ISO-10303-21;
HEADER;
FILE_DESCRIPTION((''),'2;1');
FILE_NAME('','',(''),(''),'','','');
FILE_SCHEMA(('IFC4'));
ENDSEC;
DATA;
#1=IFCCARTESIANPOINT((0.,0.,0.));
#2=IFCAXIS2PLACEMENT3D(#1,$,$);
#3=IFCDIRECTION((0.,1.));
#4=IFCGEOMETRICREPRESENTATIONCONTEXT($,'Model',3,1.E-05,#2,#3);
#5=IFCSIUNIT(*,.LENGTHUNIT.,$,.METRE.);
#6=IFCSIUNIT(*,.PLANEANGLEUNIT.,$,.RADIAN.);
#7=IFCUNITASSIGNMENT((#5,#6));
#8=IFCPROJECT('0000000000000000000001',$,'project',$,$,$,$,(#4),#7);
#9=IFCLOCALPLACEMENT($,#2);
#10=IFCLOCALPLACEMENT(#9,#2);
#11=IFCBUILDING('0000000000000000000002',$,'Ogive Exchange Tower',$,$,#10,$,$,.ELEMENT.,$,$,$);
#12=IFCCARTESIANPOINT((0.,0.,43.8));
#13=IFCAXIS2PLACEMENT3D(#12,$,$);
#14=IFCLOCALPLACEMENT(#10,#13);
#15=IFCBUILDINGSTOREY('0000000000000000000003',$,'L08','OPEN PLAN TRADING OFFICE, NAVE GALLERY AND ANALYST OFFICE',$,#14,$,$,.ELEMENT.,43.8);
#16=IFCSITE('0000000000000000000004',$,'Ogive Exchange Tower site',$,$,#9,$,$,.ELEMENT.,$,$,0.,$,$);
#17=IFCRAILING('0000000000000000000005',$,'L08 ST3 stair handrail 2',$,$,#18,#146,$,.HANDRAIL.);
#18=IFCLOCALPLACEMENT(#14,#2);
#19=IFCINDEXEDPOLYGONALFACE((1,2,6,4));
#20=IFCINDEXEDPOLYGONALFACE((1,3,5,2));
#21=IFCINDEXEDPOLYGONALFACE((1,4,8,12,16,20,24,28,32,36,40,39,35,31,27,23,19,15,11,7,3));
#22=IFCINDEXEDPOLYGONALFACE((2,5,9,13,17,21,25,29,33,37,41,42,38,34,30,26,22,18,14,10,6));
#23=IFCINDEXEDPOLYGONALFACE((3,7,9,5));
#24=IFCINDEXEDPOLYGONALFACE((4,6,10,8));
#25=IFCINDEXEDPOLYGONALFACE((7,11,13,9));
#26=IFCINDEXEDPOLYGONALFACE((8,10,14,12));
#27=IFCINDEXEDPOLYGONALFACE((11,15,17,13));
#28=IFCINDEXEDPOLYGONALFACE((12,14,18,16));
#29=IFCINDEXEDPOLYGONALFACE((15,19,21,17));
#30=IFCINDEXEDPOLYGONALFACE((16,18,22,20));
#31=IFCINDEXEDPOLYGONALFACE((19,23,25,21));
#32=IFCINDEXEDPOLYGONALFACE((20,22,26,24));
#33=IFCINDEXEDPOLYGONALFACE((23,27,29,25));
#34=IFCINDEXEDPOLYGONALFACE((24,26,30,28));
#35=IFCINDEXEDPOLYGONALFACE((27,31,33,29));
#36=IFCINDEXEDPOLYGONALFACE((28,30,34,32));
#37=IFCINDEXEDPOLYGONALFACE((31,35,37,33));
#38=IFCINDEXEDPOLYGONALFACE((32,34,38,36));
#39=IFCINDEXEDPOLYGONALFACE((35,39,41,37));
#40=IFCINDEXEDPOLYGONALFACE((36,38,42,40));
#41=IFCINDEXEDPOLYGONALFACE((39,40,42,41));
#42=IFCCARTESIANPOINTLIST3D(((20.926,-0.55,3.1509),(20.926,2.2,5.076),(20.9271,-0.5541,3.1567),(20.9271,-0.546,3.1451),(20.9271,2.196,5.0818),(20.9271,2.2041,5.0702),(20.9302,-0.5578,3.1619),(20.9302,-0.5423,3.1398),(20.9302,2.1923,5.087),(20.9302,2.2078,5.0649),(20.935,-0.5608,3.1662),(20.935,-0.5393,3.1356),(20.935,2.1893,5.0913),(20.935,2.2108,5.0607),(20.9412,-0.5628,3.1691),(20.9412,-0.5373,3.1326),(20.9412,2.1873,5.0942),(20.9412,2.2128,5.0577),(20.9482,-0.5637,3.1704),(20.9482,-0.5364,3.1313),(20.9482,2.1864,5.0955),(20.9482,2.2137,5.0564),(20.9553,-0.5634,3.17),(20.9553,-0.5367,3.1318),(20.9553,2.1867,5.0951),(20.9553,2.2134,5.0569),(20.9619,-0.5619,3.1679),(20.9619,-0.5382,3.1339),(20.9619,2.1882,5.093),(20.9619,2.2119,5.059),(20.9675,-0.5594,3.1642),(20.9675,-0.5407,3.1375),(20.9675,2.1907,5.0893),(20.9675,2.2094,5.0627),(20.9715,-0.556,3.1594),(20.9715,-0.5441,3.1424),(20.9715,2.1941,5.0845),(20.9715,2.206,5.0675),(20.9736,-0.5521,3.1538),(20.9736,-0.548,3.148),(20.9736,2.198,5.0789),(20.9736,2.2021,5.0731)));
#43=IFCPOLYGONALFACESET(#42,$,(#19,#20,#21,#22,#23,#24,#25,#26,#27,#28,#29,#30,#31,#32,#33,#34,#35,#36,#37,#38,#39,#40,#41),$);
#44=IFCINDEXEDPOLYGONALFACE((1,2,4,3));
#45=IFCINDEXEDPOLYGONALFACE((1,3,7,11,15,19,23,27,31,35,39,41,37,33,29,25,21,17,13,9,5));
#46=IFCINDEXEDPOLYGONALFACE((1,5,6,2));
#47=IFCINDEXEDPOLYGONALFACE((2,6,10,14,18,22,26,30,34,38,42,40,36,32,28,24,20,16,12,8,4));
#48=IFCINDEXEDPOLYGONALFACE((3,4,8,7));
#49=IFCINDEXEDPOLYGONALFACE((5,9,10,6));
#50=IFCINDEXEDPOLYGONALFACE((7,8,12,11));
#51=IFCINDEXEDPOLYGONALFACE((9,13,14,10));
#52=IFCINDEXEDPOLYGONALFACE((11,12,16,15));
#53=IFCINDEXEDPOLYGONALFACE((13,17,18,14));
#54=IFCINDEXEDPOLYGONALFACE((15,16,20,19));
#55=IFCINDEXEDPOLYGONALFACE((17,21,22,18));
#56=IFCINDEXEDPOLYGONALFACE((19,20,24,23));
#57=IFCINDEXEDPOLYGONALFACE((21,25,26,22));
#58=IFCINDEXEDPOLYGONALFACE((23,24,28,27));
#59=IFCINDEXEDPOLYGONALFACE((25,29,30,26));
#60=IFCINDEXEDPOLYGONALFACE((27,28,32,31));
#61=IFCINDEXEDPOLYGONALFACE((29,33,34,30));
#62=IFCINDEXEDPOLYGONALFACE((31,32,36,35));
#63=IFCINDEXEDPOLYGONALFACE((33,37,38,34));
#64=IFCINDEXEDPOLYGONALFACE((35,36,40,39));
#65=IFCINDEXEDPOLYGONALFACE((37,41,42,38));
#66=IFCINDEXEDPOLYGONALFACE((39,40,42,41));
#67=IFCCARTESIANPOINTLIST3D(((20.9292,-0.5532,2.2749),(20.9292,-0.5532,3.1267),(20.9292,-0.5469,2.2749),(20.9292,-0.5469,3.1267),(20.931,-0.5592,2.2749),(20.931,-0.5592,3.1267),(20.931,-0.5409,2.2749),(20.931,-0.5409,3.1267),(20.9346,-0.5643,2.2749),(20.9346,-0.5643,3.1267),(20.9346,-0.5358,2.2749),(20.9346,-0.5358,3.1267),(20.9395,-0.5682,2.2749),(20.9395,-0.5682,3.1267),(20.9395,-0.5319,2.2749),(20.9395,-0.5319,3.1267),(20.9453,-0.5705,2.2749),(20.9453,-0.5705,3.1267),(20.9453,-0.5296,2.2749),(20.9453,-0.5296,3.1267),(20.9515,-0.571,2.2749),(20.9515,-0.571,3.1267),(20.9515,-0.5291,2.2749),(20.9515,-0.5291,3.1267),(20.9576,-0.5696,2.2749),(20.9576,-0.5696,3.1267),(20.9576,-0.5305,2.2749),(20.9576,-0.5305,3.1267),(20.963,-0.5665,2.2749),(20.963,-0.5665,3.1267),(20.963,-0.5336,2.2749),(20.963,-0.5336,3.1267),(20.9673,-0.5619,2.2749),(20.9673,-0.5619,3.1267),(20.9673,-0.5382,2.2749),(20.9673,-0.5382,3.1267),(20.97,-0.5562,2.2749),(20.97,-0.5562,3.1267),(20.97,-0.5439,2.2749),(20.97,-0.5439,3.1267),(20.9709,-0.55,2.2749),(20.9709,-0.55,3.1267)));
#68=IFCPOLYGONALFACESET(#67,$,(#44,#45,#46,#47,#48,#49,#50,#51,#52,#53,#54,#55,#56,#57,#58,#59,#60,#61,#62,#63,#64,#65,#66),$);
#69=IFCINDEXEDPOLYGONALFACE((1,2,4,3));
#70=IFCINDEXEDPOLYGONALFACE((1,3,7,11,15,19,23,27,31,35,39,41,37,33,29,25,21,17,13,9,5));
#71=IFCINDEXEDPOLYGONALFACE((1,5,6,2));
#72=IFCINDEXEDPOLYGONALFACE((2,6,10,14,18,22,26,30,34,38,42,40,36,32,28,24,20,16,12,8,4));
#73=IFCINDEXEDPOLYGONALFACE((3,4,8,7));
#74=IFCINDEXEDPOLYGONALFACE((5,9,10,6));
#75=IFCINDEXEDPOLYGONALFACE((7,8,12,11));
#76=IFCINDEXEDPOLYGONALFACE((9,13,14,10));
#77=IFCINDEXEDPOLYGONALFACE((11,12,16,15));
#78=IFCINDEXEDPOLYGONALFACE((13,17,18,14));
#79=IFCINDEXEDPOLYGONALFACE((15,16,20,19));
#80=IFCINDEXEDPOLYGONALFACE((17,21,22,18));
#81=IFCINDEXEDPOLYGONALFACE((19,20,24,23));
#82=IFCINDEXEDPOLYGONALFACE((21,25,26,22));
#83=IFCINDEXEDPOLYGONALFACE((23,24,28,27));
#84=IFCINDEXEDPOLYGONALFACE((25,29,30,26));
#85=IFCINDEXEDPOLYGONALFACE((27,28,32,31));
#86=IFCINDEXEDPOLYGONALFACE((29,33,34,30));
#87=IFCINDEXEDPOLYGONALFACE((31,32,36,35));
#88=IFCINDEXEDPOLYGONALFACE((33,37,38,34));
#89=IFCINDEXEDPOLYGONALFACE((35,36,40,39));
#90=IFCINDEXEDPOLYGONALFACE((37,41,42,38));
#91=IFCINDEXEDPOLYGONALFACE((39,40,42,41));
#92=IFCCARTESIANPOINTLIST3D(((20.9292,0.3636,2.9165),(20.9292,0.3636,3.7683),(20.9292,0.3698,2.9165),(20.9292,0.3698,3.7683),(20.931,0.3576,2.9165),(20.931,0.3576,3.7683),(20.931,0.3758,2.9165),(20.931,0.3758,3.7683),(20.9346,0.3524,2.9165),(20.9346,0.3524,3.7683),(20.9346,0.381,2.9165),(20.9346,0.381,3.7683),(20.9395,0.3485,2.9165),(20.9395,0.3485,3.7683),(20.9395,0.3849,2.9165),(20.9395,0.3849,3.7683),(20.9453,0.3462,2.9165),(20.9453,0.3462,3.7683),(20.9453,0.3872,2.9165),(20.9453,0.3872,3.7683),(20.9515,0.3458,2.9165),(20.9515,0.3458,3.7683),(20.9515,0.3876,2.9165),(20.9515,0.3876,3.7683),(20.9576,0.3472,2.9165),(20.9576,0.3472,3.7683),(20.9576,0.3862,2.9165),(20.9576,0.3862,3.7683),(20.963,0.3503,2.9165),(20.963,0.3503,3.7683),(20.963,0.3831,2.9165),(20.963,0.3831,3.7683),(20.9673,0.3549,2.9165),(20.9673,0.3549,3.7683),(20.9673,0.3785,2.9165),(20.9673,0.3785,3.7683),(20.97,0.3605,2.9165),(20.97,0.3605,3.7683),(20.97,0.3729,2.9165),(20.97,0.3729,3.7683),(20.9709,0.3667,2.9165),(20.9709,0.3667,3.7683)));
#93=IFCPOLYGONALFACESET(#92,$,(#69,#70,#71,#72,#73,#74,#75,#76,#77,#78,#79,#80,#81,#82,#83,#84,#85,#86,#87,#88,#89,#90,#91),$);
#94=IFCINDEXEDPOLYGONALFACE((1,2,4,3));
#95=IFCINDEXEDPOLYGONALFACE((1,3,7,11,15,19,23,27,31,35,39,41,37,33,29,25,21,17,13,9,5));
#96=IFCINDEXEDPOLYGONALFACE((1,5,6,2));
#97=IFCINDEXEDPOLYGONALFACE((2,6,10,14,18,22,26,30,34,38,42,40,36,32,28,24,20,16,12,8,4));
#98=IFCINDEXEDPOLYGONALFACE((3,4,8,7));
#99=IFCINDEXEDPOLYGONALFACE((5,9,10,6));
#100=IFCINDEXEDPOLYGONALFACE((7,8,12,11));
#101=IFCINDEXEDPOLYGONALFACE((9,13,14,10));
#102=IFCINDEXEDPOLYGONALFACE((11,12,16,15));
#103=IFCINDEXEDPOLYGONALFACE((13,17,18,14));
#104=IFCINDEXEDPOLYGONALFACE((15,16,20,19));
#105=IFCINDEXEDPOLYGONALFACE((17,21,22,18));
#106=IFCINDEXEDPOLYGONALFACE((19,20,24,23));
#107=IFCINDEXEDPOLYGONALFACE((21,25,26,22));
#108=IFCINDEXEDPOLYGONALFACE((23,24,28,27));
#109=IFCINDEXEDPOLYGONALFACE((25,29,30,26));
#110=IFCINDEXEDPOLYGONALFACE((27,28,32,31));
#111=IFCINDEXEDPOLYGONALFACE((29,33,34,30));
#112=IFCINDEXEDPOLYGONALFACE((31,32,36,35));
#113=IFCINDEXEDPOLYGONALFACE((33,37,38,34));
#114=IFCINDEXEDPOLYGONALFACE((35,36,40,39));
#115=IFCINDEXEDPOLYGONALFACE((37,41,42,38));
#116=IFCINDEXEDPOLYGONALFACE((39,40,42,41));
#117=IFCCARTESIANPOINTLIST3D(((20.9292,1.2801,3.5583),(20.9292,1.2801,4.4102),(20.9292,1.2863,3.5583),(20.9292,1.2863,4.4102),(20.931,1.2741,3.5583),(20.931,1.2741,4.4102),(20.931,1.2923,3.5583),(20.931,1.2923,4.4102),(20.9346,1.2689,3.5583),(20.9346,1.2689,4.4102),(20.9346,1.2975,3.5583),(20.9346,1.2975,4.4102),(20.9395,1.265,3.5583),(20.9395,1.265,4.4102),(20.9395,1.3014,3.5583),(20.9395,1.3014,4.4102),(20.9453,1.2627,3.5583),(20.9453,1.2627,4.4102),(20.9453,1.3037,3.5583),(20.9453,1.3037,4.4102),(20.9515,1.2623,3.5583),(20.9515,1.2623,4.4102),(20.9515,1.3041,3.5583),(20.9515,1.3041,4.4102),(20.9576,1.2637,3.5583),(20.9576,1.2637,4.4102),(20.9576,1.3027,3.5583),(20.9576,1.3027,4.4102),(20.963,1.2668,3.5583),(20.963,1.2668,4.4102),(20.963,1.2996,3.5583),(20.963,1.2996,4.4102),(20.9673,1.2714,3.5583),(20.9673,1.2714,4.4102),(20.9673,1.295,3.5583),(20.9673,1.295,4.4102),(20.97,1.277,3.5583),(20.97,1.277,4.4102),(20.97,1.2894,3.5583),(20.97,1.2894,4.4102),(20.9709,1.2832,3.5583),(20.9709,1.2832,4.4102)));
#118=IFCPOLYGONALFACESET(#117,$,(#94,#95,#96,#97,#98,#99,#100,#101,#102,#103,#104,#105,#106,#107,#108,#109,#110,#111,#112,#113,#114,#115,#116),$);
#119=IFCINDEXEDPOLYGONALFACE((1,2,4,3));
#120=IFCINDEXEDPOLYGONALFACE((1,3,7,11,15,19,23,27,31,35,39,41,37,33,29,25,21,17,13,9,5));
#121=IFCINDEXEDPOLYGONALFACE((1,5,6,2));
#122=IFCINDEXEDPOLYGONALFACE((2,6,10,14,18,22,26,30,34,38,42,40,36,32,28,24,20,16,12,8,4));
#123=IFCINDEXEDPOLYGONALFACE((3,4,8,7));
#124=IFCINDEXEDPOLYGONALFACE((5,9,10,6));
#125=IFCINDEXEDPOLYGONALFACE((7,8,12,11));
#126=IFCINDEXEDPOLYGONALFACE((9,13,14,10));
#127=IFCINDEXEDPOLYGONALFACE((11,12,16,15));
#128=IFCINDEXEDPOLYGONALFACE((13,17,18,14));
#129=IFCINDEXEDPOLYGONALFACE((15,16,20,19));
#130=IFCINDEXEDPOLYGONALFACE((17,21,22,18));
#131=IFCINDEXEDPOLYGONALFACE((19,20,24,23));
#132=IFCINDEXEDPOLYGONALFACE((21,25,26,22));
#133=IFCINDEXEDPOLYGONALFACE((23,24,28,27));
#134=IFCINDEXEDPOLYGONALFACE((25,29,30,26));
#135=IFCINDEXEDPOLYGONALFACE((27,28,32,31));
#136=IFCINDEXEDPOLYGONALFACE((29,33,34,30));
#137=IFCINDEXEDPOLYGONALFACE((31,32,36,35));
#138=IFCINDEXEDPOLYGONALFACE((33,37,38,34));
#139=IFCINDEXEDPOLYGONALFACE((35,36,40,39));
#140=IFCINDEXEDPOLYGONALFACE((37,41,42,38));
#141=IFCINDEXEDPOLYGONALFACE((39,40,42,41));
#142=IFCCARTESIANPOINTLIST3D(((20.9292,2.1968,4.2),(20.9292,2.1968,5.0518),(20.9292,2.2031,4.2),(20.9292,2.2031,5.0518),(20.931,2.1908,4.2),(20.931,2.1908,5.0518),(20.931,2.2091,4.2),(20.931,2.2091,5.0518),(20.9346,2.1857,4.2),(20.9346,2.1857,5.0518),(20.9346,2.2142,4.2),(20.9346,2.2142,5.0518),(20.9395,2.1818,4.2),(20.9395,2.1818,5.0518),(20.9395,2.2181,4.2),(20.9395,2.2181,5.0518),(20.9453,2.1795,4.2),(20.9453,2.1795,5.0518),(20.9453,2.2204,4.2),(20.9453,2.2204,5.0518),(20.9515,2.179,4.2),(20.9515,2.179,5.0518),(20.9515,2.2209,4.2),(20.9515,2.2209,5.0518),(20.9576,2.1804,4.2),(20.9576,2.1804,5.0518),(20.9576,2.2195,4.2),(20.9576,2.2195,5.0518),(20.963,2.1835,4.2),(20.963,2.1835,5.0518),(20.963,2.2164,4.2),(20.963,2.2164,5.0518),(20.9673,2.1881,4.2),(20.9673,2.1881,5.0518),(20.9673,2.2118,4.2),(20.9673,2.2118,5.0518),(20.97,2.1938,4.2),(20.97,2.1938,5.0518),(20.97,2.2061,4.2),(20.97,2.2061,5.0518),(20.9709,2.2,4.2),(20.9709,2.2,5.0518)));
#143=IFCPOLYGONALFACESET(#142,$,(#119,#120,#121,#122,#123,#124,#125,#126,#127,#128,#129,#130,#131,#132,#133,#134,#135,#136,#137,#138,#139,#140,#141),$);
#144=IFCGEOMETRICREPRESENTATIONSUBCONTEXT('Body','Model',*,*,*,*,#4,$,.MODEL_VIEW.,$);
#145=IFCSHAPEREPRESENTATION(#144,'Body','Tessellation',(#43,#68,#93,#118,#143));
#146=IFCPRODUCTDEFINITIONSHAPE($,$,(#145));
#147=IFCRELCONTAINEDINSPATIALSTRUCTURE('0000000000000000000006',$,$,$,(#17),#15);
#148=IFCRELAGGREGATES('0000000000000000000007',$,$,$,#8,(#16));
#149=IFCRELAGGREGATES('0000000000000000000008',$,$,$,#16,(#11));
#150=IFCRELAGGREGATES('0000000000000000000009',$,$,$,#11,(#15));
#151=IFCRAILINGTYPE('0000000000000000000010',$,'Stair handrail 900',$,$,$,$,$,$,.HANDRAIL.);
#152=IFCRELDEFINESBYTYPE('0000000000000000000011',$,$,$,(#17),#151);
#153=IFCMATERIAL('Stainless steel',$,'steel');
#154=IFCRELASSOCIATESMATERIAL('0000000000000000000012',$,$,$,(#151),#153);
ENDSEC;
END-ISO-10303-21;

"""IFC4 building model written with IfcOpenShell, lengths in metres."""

from ifc_helpers import new_model, si_unit, direction, frame, origin, origin_2d, place, context, subcontext, project, spatial, circle, extrude, material, type_object, element, save


model = new_model("IFC4")

# Units and contexts
model_context = context("Model", 3, precision=1e-05, world=origin(), true_north=direction((0.0, 1.0)))
body_context = subcontext(model_context, "Body", "Model", "MODEL_VIEW")
ifc_project = project(units=[si_unit("LENGTHUNIT", "METRE"), si_unit("PLANEANGLEUNIT", "RADIAN")], contexts=[model_context])

# Site, building, storey
site_placement = place(None, origin())
site = spatial("IfcSite", under=ifc_project, at=site_placement, Name="Ogive Exchange Tower site", CompositionType="ELEMENT", RefElevation=0.0)
building_placement = place(site_placement, origin())
building = spatial("IfcBuilding", under=site, at=building_placement, Name="Ogive Exchange Tower", CompositionType="ELEMENT")
storey_placement = place(building_placement, frame((0.0, 0.0, 43.8)))
storey = spatial("IfcBuildingStorey", under=building, at=storey_placement, Name="L08", Description="OPEN PLAN TRADING OFFICE, NAVE GALLERY AND ANALYST OFFICE", CompositionType="ELEMENT", Elevation=43.8)

# Shared definitions
ifc_material_1 = material(Name="Stainless steel", Category="steel")

# Railing
railing_type = type_object("IfcRailingType", Name="Stair handrail 900", PredefinedType="HANDRAIL", material=ifc_material_1)
railing_placement = place(storey_placement, frame((20.95, -0.55, 2.2749)))
element("IfcRailing", 1, at=railing_placement, inside=storey, type_object=railing_type, Name="L08 ST3 stair handrail 2", PredefinedType="HANDRAIL", context=body_context, shape_type="SweptSolid", body=[
    extrude(circle(Radius=0.0239, at=origin_2d()), frame((0.0, 0.0, 0.876), z_axis=(0.0, 0.819225, 0.573472), x_axis=(-1.0, 0.0, 0.0)), (0.0, 0.0, 1.0), 3.3569),
    extrude(circle(Radius=0.021, at=origin_2d()), origin(), (0.0, 0.0, 1.0), 0.8518),
    extrude(circle(Radius=0.021, at=origin_2d()), frame((0.0, 0.9167, 0.6416)), (0.0, 0.0, 1.0), 0.8518),
    extrude(circle(Radius=0.021, at=origin_2d()), frame((0.0, 1.8333, 1.2834)), (0.0, 0.0, 1.0), 0.8518),
    extrude(circle(Radius=0.021, at=origin_2d()), frame((0.0, 2.75, 1.925)), (0.0, 0.0, 1.0), 0.8518),
])

save(model, "model.ifc")
